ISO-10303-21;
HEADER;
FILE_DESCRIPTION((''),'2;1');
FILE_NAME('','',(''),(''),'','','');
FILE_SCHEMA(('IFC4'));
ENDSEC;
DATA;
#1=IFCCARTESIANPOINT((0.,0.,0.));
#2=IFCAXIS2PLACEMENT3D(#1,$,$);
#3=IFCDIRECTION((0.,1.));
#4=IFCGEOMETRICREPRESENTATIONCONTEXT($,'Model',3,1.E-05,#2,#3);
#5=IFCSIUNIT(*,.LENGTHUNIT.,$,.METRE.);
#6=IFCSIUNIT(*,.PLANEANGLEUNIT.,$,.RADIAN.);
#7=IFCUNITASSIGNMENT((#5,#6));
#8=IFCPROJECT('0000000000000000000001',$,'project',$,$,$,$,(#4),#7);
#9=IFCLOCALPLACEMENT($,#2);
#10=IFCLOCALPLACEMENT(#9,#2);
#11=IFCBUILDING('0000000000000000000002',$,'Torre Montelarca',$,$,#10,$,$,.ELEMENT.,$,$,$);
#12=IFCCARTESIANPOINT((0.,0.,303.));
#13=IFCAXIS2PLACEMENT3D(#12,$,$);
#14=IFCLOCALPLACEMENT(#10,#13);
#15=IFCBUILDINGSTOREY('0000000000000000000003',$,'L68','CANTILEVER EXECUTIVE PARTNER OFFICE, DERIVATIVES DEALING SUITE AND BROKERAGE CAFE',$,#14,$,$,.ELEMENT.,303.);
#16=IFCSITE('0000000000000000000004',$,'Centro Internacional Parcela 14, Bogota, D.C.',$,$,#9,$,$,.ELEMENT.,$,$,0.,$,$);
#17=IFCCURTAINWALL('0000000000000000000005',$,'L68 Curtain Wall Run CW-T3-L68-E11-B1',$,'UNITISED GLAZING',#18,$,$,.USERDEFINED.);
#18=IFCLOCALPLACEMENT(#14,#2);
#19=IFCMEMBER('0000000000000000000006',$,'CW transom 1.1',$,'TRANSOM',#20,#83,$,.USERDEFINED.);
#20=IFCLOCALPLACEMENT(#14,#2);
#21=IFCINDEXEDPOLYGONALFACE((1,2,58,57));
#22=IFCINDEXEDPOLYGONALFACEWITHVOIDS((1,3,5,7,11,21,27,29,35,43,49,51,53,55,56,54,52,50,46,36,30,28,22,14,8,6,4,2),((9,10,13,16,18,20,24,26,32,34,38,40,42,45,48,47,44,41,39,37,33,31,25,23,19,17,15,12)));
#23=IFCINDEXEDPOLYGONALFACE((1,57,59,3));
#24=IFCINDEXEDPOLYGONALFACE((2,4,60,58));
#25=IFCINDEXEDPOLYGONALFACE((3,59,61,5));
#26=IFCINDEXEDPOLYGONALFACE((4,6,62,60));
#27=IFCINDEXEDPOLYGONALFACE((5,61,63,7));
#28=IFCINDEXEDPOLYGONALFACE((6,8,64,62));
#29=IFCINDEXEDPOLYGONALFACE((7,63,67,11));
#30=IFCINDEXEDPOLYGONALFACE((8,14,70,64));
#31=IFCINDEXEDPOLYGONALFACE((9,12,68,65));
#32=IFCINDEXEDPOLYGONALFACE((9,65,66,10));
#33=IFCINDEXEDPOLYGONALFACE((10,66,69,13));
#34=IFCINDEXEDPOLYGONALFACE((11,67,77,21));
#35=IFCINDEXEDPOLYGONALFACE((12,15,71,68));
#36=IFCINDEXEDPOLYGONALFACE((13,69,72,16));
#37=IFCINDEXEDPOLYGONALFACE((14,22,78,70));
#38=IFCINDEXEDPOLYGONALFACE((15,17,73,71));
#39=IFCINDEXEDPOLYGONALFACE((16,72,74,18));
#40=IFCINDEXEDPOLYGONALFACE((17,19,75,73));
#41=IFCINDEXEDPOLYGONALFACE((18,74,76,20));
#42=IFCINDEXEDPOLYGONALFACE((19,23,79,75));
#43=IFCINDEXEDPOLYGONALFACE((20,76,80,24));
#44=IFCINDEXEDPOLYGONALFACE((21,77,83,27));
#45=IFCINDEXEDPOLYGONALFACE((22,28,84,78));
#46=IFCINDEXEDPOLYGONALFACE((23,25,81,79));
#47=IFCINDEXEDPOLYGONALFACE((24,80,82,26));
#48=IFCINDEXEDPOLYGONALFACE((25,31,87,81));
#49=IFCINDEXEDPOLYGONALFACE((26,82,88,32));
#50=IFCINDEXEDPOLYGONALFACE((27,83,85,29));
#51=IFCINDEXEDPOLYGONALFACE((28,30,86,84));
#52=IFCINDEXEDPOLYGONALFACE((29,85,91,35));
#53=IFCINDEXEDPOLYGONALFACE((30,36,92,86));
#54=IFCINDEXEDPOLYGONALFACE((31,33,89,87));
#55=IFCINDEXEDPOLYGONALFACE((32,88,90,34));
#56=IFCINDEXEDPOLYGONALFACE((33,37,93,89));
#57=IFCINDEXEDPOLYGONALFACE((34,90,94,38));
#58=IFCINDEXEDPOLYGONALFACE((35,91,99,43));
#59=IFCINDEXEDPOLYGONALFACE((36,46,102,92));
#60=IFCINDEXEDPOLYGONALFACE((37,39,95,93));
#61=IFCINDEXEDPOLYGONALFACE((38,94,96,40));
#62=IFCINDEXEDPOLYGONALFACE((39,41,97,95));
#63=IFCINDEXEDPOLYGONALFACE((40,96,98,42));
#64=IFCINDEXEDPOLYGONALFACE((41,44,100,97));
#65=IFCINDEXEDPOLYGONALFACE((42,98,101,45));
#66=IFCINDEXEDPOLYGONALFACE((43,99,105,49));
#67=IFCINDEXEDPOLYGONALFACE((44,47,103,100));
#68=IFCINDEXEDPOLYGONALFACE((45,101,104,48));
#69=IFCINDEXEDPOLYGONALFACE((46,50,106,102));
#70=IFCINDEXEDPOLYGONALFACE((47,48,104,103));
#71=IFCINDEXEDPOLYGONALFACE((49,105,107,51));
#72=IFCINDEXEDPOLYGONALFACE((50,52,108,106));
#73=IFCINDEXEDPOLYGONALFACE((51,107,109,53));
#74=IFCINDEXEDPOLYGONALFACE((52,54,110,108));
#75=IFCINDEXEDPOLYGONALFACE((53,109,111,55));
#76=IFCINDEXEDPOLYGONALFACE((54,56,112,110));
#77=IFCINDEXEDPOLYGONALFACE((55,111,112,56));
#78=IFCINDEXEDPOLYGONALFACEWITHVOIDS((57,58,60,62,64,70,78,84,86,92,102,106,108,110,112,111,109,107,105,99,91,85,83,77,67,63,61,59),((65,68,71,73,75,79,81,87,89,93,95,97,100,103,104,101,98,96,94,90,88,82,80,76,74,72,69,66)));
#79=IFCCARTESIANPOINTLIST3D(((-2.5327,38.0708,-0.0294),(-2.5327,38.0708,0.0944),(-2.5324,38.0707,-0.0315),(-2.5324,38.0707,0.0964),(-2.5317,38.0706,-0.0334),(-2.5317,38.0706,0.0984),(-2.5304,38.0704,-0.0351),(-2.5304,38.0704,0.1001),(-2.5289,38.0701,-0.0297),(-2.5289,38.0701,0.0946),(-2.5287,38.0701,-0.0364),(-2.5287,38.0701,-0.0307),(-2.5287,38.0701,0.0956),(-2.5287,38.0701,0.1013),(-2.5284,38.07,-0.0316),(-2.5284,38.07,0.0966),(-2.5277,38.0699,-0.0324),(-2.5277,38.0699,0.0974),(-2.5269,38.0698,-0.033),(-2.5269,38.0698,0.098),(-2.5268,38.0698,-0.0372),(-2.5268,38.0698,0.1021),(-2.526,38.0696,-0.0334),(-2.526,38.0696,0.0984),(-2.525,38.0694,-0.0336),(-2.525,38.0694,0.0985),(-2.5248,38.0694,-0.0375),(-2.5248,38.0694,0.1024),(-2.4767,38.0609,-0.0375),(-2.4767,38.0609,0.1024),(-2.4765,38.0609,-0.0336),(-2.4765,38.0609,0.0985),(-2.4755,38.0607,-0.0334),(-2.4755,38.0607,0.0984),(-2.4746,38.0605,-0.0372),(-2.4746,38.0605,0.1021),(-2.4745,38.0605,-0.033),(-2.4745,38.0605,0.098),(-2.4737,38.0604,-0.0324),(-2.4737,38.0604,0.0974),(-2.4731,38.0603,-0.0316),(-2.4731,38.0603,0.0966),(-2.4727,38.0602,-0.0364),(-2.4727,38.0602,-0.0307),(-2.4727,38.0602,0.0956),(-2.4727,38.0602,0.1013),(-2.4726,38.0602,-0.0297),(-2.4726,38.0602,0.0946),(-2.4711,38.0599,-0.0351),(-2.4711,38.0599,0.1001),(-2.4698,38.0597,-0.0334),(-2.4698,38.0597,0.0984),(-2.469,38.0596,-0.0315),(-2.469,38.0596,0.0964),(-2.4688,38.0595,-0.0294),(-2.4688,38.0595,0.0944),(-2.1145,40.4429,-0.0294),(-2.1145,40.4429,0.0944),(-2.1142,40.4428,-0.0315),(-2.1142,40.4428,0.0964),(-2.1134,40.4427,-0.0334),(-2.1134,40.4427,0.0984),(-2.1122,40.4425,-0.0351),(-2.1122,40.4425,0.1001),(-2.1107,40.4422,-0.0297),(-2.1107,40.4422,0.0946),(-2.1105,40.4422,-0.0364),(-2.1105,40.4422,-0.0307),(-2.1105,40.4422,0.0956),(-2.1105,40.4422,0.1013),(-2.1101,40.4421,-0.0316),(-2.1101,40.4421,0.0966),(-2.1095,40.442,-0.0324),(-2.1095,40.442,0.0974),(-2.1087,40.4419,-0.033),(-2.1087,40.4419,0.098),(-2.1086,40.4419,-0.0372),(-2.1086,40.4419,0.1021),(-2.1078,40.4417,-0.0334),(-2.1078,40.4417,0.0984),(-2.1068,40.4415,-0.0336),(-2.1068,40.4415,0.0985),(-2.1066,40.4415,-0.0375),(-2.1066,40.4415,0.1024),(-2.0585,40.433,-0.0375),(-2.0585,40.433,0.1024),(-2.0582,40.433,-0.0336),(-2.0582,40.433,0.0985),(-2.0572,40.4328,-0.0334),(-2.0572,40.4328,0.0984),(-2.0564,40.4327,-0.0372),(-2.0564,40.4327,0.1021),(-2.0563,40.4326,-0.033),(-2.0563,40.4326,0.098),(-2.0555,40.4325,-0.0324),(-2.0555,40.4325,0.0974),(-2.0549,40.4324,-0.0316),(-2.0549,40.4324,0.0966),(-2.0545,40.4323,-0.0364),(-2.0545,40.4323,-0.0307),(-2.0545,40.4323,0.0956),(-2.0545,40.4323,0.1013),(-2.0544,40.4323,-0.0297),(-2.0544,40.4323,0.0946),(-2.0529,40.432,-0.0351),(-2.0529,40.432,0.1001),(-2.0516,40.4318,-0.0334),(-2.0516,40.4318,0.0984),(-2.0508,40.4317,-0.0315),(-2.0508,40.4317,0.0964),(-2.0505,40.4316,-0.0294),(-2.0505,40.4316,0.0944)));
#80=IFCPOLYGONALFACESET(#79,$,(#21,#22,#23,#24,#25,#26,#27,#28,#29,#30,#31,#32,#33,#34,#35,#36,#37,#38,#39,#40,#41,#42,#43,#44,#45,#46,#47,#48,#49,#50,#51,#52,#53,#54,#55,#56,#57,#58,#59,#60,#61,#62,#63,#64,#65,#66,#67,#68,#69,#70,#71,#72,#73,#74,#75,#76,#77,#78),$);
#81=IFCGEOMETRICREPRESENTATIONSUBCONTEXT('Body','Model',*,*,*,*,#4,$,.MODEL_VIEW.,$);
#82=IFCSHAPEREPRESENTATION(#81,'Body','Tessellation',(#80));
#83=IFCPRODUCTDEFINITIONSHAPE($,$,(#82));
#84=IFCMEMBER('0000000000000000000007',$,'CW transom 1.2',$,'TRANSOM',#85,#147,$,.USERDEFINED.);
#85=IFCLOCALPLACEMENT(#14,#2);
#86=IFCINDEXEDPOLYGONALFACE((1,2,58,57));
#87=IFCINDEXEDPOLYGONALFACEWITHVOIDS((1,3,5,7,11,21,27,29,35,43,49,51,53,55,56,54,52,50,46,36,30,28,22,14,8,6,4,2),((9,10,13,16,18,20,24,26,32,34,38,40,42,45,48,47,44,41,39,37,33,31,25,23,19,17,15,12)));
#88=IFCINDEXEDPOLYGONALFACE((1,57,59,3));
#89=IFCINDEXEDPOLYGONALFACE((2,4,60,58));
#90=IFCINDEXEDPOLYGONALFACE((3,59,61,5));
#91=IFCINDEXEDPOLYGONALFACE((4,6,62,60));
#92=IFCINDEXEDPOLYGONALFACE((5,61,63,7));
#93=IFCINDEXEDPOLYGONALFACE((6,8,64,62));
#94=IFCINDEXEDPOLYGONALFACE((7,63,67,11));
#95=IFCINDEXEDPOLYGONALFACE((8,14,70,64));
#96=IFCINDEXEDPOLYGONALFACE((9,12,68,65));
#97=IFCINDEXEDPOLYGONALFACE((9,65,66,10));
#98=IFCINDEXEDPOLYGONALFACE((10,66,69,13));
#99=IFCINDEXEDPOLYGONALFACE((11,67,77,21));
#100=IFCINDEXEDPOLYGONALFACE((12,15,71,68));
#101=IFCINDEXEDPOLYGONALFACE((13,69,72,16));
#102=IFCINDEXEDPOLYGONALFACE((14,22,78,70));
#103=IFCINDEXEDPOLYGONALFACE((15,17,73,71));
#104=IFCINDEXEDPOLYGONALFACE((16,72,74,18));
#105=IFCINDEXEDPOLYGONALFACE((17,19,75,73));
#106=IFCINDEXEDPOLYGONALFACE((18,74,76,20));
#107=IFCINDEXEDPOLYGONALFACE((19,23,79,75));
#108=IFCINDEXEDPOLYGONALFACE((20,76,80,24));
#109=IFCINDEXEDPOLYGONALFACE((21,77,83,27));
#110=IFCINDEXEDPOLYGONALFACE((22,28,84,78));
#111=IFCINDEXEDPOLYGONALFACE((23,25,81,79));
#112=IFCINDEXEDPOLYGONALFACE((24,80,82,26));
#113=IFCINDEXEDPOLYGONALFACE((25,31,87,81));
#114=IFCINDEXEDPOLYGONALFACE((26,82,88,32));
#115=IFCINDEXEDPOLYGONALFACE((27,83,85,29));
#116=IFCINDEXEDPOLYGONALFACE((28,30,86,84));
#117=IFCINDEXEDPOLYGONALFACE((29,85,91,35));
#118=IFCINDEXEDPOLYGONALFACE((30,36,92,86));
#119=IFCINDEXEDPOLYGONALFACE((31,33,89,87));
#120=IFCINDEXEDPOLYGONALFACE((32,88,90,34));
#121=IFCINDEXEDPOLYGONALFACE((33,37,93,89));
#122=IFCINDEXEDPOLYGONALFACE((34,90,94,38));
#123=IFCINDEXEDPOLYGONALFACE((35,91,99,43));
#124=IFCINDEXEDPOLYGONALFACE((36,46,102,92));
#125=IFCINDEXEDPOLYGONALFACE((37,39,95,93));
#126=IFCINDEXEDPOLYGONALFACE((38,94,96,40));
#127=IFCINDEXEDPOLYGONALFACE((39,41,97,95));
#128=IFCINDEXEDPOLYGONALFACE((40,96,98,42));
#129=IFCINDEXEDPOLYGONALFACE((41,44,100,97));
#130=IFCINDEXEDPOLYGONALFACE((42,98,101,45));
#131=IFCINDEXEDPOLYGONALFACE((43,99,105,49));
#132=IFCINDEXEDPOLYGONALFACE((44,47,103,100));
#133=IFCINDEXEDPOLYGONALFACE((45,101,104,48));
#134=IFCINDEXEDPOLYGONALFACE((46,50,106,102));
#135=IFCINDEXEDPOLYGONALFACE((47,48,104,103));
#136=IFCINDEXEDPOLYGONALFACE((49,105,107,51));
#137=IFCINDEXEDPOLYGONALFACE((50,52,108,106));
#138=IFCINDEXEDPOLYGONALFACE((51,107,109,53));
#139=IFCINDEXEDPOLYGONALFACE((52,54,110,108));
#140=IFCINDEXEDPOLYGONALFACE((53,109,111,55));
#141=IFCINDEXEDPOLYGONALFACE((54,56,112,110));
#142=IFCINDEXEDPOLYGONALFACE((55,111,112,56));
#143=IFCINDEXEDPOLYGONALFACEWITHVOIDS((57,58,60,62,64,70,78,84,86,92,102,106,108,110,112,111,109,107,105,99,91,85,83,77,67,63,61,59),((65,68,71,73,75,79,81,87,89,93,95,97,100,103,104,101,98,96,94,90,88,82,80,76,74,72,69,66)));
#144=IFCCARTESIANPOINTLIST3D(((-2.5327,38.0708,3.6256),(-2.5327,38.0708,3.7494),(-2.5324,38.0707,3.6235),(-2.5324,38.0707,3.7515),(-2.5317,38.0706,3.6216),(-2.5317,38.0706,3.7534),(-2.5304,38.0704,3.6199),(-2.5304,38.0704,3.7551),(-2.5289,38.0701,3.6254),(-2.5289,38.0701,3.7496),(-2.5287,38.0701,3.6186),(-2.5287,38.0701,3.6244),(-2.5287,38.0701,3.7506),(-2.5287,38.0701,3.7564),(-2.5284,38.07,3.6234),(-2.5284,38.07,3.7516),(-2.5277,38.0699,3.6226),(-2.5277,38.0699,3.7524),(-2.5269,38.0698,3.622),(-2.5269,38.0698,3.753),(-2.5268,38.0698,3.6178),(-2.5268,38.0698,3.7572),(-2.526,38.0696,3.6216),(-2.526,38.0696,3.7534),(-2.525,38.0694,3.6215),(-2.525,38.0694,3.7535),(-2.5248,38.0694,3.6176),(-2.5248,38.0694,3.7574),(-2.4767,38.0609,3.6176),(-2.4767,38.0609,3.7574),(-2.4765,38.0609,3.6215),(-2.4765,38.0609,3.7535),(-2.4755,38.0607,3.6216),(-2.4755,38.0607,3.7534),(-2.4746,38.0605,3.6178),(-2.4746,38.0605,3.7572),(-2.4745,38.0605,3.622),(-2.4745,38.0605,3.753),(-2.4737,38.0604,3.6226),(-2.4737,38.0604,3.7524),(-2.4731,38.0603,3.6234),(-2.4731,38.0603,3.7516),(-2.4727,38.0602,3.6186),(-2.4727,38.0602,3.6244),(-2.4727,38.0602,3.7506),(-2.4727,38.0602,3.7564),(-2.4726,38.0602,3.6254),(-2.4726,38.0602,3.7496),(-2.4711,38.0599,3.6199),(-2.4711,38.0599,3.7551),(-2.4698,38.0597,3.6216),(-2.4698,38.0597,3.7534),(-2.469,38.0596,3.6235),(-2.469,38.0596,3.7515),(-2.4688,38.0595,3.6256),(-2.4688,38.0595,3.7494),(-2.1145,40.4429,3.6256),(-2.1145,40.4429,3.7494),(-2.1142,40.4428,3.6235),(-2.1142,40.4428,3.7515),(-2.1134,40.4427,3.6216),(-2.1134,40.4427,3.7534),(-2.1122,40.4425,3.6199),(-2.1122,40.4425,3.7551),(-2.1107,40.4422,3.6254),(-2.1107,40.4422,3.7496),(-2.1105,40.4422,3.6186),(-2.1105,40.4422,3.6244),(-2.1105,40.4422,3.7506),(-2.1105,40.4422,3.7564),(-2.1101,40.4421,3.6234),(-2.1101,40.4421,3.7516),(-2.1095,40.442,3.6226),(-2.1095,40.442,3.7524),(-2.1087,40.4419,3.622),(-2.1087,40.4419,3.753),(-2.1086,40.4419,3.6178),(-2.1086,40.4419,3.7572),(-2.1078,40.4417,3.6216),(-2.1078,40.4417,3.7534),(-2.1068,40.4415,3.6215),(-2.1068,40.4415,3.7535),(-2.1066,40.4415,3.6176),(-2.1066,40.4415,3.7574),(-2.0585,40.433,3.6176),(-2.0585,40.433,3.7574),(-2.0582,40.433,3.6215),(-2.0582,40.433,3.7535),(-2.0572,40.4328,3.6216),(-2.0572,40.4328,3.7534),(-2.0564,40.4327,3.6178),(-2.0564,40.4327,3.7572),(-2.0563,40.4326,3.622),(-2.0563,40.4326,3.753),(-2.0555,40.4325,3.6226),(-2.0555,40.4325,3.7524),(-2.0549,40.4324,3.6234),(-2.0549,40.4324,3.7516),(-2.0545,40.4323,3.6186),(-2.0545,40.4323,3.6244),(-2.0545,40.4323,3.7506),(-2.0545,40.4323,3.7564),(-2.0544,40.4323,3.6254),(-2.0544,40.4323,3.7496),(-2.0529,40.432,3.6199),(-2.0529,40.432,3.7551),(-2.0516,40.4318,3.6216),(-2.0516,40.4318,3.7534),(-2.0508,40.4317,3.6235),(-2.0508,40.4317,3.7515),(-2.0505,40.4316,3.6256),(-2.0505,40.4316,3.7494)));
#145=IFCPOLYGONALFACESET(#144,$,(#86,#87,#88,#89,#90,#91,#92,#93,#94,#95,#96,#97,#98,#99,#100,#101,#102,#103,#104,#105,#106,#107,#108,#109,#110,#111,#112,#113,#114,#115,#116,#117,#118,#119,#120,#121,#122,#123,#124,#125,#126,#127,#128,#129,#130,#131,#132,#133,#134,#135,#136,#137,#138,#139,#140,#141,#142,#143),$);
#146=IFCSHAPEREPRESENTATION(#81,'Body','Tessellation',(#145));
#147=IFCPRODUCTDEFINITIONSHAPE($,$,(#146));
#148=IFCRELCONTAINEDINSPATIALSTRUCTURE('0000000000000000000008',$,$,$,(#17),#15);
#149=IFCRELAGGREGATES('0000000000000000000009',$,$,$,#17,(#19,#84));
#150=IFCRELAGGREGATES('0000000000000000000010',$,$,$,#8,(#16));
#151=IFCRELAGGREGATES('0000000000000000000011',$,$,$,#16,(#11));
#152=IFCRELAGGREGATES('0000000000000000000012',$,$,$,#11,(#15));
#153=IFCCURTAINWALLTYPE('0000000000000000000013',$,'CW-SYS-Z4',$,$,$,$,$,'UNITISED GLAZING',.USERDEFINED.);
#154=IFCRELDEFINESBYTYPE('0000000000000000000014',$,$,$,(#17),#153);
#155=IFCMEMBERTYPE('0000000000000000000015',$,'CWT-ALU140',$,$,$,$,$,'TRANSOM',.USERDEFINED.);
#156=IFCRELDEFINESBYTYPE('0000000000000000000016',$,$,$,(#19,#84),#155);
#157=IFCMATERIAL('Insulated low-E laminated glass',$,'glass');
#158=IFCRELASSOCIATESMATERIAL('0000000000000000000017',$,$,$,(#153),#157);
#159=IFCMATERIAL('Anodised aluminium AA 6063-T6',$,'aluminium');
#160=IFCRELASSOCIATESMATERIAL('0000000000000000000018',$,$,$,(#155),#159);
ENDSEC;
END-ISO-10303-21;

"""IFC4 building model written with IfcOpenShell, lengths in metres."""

from ifc_helpers import new_model, si_unit, direction, frame, origin, origin_2d, place, context, subcontext, project, spatial, hollow_rectangle, extrude, source, transform, mapped, material, material_profile, profile_set, type_object, element, aggregate, save


model = new_model("IFC4")

# Units and contexts
model_context = context("Model", 3, precision=1e-05, world=origin(), true_north=direction((0.0, 1.0)))
body_context = subcontext(model_context, "Body", "Model", "MODEL_VIEW")
ifc_project = project(units=[si_unit("LENGTHUNIT", "METRE"), si_unit("PLANEANGLEUNIT", "RADIAN")], contexts=[model_context])

# Site, building, storey
site_placement = place(None, origin())
site = spatial("IfcSite", under=ifc_project, at=site_placement, Name="Centro Internacional Parcela 14, Bogota, D.C.", CompositionType="ELEMENT", RefElevation=0.0)
building_placement = place(site_placement, origin())
building = spatial("IfcBuilding", under=site, at=building_placement, Name="Torre Montelarca", CompositionType="ELEMENT")
storey_placement = place(building_placement, frame((0.0, 0.0, 303.0)))
storey = spatial("IfcBuildingStorey", under=building, at=storey_placement, Name="L68", Description="CANTILEVER EXECUTIVE PARTNER OFFICE, DERIVATIVES DEALING SUITE AND BROKERAGE CAFE", CompositionType="ELEMENT", Elevation=303.0)

# Curtain wall, members
ifc_material_1 = material(Name="Insulated low-E laminated glass", Category="glass")
curtain_wall_type = type_object("IfcCurtainWallType", Name="CW-SYS-Z4", ElementType="UNITISED GLAZING", PredefinedType="USERDEFINED", material=ifc_material_1)
ifc_material_2 = material(Name="Anodised aluminium AA 6063-T6", Category="aluminium")
curtain_wall_1_placement = place(storey_placement, origin())
curtain_wall_1 = element("IfcCurtainWall", 1, at=curtain_wall_1_placement, inside=storey, type_object=curtain_wall_type, Name="L68 Curtain Wall Run CW-T3-L68-E11-B1", ObjectType="UNITISED GLAZING", PredefinedType="USERDEFINED")
ifc_material_profile_1 = material_profile(ifc_material_2, hollow_rectangle(XDim=0.0649, YDim=0.1399, WallThickness=0.0039, InnerFilletRadius=0.0039, OuterFilletRadius=0.0081, at=origin_2d()), Name="ALU65X140X4", Category="aluminium")
ifc_profile_set_1 = profile_set([ifc_material_profile_1], Name="Anodised aluminium AA 6063-T6")
member_type_1 = type_object("IfcMemberType", Name="CWT-ALU140", ElementType="TRANSOM", PredefinedType="USERDEFINED", material=ifc_profile_set_1)
shared_shape_1 = source(origin(), body_context, "Body", "SweptSolid", [
    extrude(hollow_rectangle(XDim=0.0649, YDim=0.1399, WallThickness=0.0039, InnerFilletRadius=0.0039, OuterFilletRadius=0.0081, at=origin_2d()), origin(), (0.0, 0.0, 1.0), 2.4087),
])
member_1_placement = place(storey_placement, frame((-2.0825, 40.4373, 0.0325), z_axis=(-0.173629, -0.984811, 0.0), x_axis=(0.984811, -0.173629, 0.0)))
member_1 = element("IfcMember", 2, at=member_1_placement, type_object=member_type_1, Name="CW transom 1.1", ObjectType="TRANSOM", PredefinedType="USERDEFINED", context=body_context, shape_type="MappedRepresentation", body=[
    mapped(shared_shape_1, transform((0.0, 0.0, 0.0), scale=1.0)),
])
member_2_placement = place(storey_placement, frame((-2.0825, 40.4373, 3.6875), z_axis=(-0.173629, -0.984811, 0.0), x_axis=(0.984811, -0.173629, 0.0)))
member_2 = element("IfcMember", 3, at=member_2_placement, type_object=member_type_1, Name="CW transom 1.2", ObjectType="TRANSOM", PredefinedType="USERDEFINED", context=body_context, shape_type="MappedRepresentation", body=[
    mapped(shared_shape_1, transform((0.0, 0.0, 0.0), scale=1.0)),
])

aggregate(curtain_wall_1, [member_1, member_2])

save(model, "model.ifc")
